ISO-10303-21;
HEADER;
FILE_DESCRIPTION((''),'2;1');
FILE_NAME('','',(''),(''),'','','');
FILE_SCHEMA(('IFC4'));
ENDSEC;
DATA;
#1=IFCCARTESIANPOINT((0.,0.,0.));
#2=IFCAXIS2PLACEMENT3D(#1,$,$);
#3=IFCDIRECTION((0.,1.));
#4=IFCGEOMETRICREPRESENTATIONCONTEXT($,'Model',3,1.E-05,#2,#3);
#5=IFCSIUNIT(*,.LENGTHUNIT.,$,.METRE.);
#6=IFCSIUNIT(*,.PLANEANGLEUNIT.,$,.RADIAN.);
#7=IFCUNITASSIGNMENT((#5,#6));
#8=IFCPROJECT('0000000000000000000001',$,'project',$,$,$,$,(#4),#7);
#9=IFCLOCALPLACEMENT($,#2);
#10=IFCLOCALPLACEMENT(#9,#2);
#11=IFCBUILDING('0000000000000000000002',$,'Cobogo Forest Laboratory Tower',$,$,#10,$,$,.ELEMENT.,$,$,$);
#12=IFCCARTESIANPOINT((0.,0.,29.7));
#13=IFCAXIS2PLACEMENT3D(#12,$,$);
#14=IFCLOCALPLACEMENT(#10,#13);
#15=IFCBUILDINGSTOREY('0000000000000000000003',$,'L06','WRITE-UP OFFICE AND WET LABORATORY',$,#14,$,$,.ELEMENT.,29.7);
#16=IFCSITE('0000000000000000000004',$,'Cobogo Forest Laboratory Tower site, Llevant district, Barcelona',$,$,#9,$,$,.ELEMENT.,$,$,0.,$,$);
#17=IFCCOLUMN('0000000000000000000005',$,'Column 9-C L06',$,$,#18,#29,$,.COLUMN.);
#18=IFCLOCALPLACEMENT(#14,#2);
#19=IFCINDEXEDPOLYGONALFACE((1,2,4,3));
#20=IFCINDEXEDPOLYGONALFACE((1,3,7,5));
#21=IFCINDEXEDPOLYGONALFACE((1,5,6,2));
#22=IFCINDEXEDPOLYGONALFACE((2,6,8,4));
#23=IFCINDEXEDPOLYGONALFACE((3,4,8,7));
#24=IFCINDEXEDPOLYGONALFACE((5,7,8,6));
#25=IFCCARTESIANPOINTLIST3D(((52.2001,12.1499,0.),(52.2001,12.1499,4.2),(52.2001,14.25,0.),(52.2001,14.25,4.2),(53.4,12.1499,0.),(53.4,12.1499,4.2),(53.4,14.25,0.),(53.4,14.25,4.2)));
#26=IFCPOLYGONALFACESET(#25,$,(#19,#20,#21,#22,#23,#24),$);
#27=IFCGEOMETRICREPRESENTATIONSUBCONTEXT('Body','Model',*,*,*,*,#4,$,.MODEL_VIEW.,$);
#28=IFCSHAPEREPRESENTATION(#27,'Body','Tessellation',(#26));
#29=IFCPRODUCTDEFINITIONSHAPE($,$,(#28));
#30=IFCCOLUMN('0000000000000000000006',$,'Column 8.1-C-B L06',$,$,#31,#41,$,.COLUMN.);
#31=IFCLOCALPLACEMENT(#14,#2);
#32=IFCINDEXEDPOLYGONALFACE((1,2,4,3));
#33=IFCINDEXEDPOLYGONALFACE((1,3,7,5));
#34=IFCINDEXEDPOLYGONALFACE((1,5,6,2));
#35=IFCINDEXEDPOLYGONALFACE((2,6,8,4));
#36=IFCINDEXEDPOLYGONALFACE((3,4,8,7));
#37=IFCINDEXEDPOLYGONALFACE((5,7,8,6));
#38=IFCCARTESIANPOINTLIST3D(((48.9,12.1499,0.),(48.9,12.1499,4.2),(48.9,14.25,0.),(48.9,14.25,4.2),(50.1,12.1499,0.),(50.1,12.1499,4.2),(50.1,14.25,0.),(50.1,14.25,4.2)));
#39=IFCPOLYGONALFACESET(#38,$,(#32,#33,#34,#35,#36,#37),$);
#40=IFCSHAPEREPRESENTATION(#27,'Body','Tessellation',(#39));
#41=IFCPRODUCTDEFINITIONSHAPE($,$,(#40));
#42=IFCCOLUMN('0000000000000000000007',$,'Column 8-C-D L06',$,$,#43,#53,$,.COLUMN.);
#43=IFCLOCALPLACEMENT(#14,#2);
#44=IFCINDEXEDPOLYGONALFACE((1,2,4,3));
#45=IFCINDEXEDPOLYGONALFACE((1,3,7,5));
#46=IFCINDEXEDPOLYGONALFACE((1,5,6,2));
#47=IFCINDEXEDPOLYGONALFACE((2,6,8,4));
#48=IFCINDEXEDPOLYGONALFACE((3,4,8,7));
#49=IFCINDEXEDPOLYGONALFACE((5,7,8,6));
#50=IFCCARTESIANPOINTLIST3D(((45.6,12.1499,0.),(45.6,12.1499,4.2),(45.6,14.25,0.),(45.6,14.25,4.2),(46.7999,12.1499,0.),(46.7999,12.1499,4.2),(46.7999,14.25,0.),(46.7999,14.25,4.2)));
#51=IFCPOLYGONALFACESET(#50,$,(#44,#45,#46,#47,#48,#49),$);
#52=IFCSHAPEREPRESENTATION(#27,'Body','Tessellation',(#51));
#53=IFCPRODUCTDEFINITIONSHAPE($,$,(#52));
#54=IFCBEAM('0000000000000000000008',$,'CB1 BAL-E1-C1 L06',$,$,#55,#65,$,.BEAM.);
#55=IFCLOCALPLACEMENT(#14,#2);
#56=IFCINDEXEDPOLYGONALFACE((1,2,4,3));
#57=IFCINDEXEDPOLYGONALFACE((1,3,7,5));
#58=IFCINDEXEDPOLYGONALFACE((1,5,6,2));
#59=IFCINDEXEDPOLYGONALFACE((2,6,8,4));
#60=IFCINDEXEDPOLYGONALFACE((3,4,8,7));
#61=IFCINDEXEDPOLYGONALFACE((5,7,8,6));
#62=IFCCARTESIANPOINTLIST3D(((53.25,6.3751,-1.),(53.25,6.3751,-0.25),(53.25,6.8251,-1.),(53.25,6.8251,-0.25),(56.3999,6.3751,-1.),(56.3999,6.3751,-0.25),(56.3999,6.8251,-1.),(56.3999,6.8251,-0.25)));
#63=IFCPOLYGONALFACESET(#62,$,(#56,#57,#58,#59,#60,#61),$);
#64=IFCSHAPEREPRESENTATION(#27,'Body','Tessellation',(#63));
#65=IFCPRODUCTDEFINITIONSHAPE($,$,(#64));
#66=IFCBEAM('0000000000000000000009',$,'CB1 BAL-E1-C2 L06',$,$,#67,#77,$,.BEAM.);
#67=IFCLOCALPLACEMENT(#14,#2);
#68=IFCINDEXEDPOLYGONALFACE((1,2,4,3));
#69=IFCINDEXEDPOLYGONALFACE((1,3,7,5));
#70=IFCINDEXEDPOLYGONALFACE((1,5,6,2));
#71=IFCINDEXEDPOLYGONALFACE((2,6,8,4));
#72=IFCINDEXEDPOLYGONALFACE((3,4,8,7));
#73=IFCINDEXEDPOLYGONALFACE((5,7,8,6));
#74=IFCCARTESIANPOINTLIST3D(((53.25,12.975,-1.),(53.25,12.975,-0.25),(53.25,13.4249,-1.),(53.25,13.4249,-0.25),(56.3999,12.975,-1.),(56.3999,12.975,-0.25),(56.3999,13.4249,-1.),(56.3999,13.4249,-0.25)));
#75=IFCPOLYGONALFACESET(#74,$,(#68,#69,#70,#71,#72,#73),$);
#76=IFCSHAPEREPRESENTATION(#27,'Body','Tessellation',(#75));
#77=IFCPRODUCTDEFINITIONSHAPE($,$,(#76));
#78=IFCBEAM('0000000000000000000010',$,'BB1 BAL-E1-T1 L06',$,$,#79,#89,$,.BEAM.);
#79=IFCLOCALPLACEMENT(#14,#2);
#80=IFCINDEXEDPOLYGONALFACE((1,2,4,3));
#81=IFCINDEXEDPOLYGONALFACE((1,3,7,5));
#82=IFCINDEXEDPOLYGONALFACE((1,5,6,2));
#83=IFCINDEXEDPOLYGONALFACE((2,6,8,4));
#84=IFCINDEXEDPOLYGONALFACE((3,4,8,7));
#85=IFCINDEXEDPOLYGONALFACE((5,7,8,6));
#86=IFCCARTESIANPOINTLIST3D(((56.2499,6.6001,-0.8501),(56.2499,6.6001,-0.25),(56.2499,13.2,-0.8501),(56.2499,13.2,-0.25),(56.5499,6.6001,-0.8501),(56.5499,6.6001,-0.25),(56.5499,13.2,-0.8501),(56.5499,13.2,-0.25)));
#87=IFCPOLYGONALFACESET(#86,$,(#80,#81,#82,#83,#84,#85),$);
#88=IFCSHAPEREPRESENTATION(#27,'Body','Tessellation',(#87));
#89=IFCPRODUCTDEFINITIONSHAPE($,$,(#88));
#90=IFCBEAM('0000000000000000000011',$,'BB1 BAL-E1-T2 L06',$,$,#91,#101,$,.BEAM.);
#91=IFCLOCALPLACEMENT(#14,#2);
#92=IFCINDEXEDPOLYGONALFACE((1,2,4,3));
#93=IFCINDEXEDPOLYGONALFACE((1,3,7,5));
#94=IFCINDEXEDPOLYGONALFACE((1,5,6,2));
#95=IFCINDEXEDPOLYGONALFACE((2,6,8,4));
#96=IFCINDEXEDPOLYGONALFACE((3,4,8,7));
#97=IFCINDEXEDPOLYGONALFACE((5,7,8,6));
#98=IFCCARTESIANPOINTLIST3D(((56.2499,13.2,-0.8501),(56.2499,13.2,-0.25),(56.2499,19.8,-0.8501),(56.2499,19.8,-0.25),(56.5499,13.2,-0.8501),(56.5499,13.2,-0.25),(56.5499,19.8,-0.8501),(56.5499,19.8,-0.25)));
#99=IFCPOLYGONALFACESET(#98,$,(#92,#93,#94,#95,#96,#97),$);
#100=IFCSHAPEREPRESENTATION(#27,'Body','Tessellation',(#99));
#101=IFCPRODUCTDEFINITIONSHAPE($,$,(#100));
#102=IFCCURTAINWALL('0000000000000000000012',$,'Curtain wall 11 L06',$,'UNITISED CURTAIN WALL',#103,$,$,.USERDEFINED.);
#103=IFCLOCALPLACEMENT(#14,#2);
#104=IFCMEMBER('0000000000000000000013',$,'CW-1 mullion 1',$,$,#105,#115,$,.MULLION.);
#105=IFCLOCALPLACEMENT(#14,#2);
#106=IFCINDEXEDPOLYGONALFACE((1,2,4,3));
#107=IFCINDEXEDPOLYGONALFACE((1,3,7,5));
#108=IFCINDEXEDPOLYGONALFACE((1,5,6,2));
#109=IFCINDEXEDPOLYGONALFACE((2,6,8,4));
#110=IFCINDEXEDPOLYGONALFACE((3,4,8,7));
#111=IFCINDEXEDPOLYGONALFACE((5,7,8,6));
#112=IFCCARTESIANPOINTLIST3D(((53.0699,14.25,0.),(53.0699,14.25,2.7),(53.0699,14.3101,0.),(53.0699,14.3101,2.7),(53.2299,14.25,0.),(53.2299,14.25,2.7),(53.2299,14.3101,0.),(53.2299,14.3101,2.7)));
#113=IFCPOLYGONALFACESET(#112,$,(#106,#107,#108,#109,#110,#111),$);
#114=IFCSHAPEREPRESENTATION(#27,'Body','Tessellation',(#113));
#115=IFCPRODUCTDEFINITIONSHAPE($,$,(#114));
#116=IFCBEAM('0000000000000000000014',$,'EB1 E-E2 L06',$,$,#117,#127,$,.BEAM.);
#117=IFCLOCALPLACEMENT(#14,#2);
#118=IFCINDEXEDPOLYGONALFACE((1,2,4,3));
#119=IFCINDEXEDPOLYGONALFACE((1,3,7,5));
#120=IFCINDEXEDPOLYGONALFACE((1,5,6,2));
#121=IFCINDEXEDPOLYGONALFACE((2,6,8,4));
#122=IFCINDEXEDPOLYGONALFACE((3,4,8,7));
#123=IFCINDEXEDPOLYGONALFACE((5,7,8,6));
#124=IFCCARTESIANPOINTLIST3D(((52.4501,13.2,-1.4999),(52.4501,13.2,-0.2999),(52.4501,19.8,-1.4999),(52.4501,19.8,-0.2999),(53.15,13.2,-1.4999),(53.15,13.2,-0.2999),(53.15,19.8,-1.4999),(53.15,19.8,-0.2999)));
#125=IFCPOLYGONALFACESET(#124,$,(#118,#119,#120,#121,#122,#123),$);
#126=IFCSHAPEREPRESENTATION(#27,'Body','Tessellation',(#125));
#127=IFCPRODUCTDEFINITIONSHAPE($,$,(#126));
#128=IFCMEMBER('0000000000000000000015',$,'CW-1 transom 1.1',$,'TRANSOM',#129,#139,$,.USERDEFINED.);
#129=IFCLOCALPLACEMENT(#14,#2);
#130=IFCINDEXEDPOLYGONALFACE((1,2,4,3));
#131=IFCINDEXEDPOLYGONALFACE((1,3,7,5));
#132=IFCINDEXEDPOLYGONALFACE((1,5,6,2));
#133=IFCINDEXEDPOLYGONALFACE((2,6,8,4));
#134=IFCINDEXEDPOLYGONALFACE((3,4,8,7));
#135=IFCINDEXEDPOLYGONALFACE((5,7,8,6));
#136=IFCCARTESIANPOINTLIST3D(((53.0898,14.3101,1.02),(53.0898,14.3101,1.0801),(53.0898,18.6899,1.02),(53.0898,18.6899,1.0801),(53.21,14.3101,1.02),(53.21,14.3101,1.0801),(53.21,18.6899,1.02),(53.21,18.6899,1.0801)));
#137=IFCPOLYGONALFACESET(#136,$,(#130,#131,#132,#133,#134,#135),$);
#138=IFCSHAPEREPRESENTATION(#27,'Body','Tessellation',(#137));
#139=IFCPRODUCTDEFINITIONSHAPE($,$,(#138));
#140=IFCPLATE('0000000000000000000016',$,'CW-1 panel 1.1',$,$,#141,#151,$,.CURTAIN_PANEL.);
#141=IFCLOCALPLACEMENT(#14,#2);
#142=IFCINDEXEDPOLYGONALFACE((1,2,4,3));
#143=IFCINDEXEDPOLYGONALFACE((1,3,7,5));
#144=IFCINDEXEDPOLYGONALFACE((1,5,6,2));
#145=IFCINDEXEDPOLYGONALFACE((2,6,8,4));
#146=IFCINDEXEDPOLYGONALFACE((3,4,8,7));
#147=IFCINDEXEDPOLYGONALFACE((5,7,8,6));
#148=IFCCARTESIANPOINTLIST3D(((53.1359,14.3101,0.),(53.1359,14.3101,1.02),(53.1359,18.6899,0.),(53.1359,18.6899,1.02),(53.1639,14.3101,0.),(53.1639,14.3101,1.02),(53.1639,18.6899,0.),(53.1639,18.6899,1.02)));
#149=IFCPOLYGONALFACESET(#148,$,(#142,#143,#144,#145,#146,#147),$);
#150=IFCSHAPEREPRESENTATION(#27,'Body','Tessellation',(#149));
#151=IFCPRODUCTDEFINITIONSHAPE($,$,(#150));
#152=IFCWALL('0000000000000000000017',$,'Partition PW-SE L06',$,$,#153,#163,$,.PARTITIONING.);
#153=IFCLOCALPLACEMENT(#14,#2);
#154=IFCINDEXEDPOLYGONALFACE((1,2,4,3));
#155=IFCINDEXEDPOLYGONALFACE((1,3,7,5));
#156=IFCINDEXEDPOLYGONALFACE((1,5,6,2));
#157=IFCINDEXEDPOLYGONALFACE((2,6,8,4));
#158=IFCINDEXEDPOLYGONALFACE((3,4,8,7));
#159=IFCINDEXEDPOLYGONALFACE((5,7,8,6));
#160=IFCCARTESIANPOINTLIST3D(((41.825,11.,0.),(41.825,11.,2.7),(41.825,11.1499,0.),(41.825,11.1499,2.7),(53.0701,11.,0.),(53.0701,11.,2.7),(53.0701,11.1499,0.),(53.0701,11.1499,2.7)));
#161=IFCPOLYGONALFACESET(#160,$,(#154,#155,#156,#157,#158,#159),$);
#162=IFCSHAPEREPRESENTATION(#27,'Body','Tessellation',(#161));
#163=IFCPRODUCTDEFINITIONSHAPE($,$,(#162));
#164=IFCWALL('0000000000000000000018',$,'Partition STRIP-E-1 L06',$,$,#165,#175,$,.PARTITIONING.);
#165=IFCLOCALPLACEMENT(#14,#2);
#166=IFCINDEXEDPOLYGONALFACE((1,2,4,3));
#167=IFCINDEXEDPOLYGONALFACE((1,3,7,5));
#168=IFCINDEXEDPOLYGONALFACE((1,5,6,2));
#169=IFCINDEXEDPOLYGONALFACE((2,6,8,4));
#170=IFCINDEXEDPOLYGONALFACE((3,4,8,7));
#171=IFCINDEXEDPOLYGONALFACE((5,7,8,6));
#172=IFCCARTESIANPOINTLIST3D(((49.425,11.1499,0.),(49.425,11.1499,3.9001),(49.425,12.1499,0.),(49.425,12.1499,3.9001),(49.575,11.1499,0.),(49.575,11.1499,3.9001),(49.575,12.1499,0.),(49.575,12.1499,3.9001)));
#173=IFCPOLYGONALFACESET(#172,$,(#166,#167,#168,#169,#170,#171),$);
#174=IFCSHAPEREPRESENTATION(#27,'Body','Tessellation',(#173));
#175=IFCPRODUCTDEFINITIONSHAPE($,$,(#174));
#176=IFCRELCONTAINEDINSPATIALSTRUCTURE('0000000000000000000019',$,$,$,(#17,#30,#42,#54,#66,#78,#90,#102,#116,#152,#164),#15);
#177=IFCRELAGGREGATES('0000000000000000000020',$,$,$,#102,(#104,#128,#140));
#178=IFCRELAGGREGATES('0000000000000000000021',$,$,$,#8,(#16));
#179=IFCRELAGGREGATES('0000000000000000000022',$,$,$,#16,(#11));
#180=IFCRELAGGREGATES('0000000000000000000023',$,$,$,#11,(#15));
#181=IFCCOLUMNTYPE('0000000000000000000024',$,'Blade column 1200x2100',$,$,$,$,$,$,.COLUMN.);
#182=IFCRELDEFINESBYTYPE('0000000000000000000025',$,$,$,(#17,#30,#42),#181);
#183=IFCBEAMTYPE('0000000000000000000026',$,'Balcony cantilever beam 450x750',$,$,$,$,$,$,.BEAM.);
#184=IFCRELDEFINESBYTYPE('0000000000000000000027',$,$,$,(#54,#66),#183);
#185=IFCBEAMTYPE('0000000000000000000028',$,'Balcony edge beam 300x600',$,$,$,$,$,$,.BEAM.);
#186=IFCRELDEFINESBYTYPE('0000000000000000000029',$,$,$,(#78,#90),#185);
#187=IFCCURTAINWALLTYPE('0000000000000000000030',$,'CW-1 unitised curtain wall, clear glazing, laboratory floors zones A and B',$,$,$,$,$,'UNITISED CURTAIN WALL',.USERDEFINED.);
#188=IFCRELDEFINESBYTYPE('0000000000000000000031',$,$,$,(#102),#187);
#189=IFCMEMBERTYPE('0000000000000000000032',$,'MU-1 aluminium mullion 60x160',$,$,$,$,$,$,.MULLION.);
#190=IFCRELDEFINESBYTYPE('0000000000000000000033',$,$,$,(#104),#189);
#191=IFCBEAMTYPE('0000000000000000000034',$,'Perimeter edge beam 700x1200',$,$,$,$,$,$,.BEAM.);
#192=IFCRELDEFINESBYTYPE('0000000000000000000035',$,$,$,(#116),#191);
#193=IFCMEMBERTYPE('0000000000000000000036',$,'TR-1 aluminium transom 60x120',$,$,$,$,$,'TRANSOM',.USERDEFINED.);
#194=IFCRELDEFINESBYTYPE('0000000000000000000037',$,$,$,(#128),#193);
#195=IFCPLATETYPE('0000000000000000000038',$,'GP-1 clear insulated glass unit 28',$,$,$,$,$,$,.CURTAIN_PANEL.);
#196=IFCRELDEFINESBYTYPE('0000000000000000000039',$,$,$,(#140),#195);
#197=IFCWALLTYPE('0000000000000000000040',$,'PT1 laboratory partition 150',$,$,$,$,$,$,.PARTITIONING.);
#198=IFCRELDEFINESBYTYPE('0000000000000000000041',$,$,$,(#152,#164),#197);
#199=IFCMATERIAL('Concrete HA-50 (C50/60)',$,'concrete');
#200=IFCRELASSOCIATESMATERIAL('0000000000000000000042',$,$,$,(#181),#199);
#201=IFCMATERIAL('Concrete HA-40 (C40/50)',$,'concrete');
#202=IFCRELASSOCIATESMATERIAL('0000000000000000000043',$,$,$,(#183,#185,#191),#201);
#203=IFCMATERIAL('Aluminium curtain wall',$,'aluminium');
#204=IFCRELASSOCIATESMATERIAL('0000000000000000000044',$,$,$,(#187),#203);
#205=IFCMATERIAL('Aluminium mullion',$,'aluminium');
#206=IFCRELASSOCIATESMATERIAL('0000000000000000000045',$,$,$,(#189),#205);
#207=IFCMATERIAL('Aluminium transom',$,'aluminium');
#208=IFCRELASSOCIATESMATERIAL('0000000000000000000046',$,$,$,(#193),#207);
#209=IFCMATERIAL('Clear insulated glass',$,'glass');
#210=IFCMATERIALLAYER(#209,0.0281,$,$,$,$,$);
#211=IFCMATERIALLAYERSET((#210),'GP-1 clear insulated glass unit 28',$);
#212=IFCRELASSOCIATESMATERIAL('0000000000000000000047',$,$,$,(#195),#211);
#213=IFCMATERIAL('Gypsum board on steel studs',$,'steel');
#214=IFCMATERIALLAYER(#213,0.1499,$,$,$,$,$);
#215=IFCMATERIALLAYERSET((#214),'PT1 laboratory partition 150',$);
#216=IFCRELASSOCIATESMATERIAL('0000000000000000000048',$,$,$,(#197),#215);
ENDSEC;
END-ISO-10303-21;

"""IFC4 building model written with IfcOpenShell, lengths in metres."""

from ifc_helpers import new_model, si_unit, direction, frame, frame_2d, origin, origin_2d, place, context, subcontext, project, spatial, rectangle, extrude, material, layer, layer_set, material_profile, profile_set, type_object, element, aggregate, save


model = new_model("IFC4")

# Units and contexts
model_context = context("Model", 3, precision=1e-05, world=origin(), true_north=direction((0.0, 1.0)))
body_context = subcontext(model_context, "Body", "Model", "MODEL_VIEW")
ifc_project = project(units=[si_unit("LENGTHUNIT", "METRE"), si_unit("PLANEANGLEUNIT", "RADIAN")], contexts=[model_context])

# Site, building, storey
site_placement = place(None, origin())
site = spatial("IfcSite", under=ifc_project, at=site_placement, Name="Cobogo Forest Laboratory Tower site, Llevant district, Barcelona", CompositionType="ELEMENT", RefElevation=0.0)
building_placement = place(site_placement, origin())
building = spatial("IfcBuilding", under=site, at=building_placement, Name="Cobogo Forest Laboratory Tower", CompositionType="ELEMENT")
storey_placement = place(building_placement, frame((0.0, 0.0, 29.7)))
storey = spatial("IfcBuildingStorey", under=building, at=storey_placement, Name="L06", Description="WRITE-UP OFFICE AND WET LABORATORY", CompositionType="ELEMENT", Elevation=29.7)

# Columns
ifc_material_1 = material(Name="Concrete HA-50 (C50/60)", Category="concrete")
ifc_material_profile_1 = material_profile(ifc_material_1, rectangle(XDim=2.1001, YDim=1.2, at=origin_2d()), Name="RC 1200x2100")
ifc_profile_set_1 = profile_set([ifc_material_profile_1], Name="Concrete HA-50 (C50/60)")
column_type = type_object("IfcColumnType", Name="Blade column 1200x2100", PredefinedType="COLUMN", material=ifc_profile_set_1)
for number, where, z_axis, x_axis, name in (
    (1, (52.8, 13.2, 0.0), (0.0, 0.0, 1.0), (0.0, 1.0, 0.0), "Column 9-C L06"),
    (2, (49.5, 13.2, 0.0), (0.0, 0.0, 1.0), (0.0, 1.0, 0.0), "Column 8.1-C-B L06"),
    (3, (46.2, 13.2, 0.0), (0.0, 0.0, 1.0), (0.0, 1.0, 0.0), "Column 8-C-D L06"),
):
    element("IfcColumn", number, at=place(storey_placement, frame(where, z_axis=z_axis, x_axis=x_axis)), inside=storey, type_object=column_type, Name=name, PredefinedType="COLUMN", context=body_context, shape_type="SweptSolid", body=[
        extrude(rectangle(XDim=2.1001, YDim=1.2, at=origin_2d()), origin(), (0.0, 0.0, 1.0), 4.2),
    ])

# Beams
ifc_material_2 = material(Name="Concrete HA-40 (C40/50)", Category="concrete")
ifc_material_profile_2 = material_profile(ifc_material_2, rectangle(XDim=0.45, YDim=0.75, at=origin_2d()), Name="RC 450x750")
ifc_profile_set_2 = profile_set([ifc_material_profile_2], Name="Concrete HA-40 (C40/50)")
beam_type_1 = type_object("IfcBeamType", Name="Balcony cantilever beam 450x750", PredefinedType="BEAM", material=ifc_profile_set_2)
for number, where, z_axis, x_axis, name in (
    (4, (53.25, 6.6001, -0.625), (1.0, 0.0, 0.0), (0.0, 1.0, 0.0), "CB1 BAL-E1-C1 L06"),
    (5, (53.25, 13.2, -0.625), (1.0, 0.0, 0.0), (0.0, 1.0, 0.0), "CB1 BAL-E1-C2 L06"),
):
    element("IfcBeam", number, at=place(storey_placement, frame(where, z_axis=z_axis, x_axis=x_axis)), inside=storey, type_object=beam_type_1, Name=name, PredefinedType="BEAM", context=body_context, shape_type="SweptSolid", body=[
        extrude(rectangle(XDim=0.45, YDim=0.75, at=origin_2d()), origin(), (0.0, 0.0, 1.0), 3.1499),
    ])
ifc_material_profile_3 = material_profile(ifc_material_2, rectangle(XDim=0.3, YDim=0.6001, at=origin_2d()), Name="RC 300x600")
ifc_profile_set_3 = profile_set([ifc_material_profile_3], Name="Concrete HA-40 (C40/50)")
beam_type_2 = type_object("IfcBeamType", Name="Balcony edge beam 300x600", PredefinedType="BEAM", material=ifc_profile_set_3)
beam_1_placement = place(storey_placement, frame((56.3999, 6.6001, -0.55), z_axis=(0.0, 1.0, 0.0), x_axis=(-1.0, 0.0, 0.0)))
element("IfcBeam", 6, at=beam_1_placement, inside=storey, type_object=beam_type_2, Name="BB1 BAL-E1-T1 L06", PredefinedType="BEAM", context=body_context, shape_type="SweptSolid", body=[
    extrude(rectangle(XDim=0.3, YDim=0.6001, at=origin_2d()), origin(), (0.0, 0.0, 1.0), 6.5999),
])
beam_2_placement = place(storey_placement, frame((56.3999, 13.2, -0.55), z_axis=(0.0, 1.0, 0.0), x_axis=(-1.0, 0.0, 0.0)))
element("IfcBeam", 7, at=beam_2_placement, inside=storey, type_object=beam_type_2, Name="BB1 BAL-E1-T2 L06", PredefinedType="BEAM", context=body_context, shape_type="SweptSolid", body=[
    extrude(rectangle(XDim=0.3, YDim=0.6001, at=origin_2d()), origin(), (0.0, 0.0, 1.0), 6.6001),
])

# Curtain wall, member
ifc_material_3 = material(Name="Aluminium curtain wall", Category="aluminium")
curtain_wall_type = type_object("IfcCurtainWallType", Name="CW-1 unitised curtain wall, clear glazing, laboratory floors zones A and B", ElementType="UNITISED CURTAIN WALL", PredefinedType="USERDEFINED", material=ifc_material_3)
curtain_wall_placement = place(storey_placement, origin())
curtain_wall = element("IfcCurtainWall", 8, at=curtain_wall_placement, inside=storey, type_object=curtain_wall_type, Name="Curtain wall 11 L06", ObjectType="UNITISED CURTAIN WALL", PredefinedType="USERDEFINED")
ifc_material_4 = material(Name="Aluminium mullion", Category="aluminium")
ifc_material_profile_4 = material_profile(ifc_material_4, rectangle(XDim=0.0601, YDim=0.1599, at=origin_2d()), Name="AL 60x160")
ifc_profile_set_4 = profile_set([ifc_material_profile_4], Name="Aluminium mullion")
member_type_1 = type_object("IfcMemberType", Name="MU-1 aluminium mullion 60x160", PredefinedType="MULLION", material=ifc_profile_set_4)
member_1_placement = place(storey_placement, frame((53.1499, 14.28, 0.0), z_axis=(0.0, 0.0, 1.0), x_axis=(0.0, 1.0, 0.0)))
member_1 = element("IfcMember", 9, at=member_1_placement, type_object=member_type_1, Name="CW-1 mullion 1", PredefinedType="MULLION", context=body_context, shape_type="SweptSolid", body=[
    extrude(rectangle(XDim=0.0601, YDim=0.1599, at=origin_2d()), origin(), (0.0, 0.0, 1.0), 2.7),
])

# Beam
ifc_material_profile_5 = material_profile(ifc_material_2, rectangle(XDim=0.7, YDim=1.2, at=origin_2d()), Name="RC 700x1200")
ifc_profile_set_5 = profile_set([ifc_material_profile_5], Name="Concrete HA-40 (C40/50)")
beam_type_3 = type_object("IfcBeamType", Name="Perimeter edge beam 700x1200", PredefinedType="BEAM", material=ifc_profile_set_5)
beam_3_placement = place(storey_placement, frame((52.8, 13.2, -0.8999), z_axis=(0.0, 1.0, 0.0), x_axis=(-1.0, 0.0, 0.0)))
element("IfcBeam", 10, at=beam_3_placement, inside=storey, type_object=beam_type_3, Name="EB1 E-E2 L06", PredefinedType="BEAM", context=body_context, shape_type="SweptSolid", body=[
    extrude(rectangle(XDim=0.7, YDim=1.2, at=origin_2d()), origin(), (0.0, 0.0, 1.0), 6.6001),
])

# Member
ifc_material_5 = material(Name="Aluminium transom", Category="aluminium")
ifc_material_profile_6 = material_profile(ifc_material_5, rectangle(XDim=0.1201, YDim=0.0601, at=origin_2d()), Name="AL 60x120")
ifc_profile_set_6 = profile_set([ifc_material_profile_6], Name="Aluminium transom")
member_type_2 = type_object("IfcMemberType", Name="TR-1 aluminium transom 60x120", ElementType="TRANSOM", PredefinedType="USERDEFINED", material=ifc_profile_set_6)
member_2_placement = place(storey_placement, frame((53.1499, 14.3101, 1.05), z_axis=(0.0, 1.0, 0.0), x_axis=(-1.0, 0.0, 0.0)))
member_2 = element("IfcMember", 11, at=member_2_placement, type_object=member_type_2, Name="CW-1 transom 1.1", ObjectType="TRANSOM", PredefinedType="USERDEFINED", context=body_context, shape_type="SweptSolid", body=[
    extrude(rectangle(XDim=0.1201, YDim=0.0601, at=origin_2d()), origin(), (0.0, 0.0, 1.0), 4.3799),
])

# Plate
ifc_material_6 = material(Name="Clear insulated glass", Category="glass")
ifc_layer_1 = layer(ifc_material_6, 0.0281)
ifc_layer_set_1 = layer_set([ifc_layer_1], Name="GP-1 clear insulated glass unit 28")
plate_type = type_object("IfcPlateType", Name="GP-1 clear insulated glass unit 28", PredefinedType="CURTAIN_PANEL", material=ifc_layer_set_1)
plate_placement = place(storey_placement, frame((53.1499, 16.5, 0.0), z_axis=(0.0, 0.0, 1.0), x_axis=(0.0, 1.0, 0.0)))
plate = element("IfcPlate", 12, at=plate_placement, type_object=plate_type, Name="CW-1 panel 1.1", PredefinedType="CURTAIN_PANEL", context=body_context, shape_type="SweptSolid", body=[
    extrude(rectangle(XDim=4.3799, YDim=0.0281, at=origin_2d()), origin(), (0.0, 0.0, 1.0), 1.02),
])
aggregate(curtain_wall, [member_1, member_2, plate])

# Walls
ifc_material_7 = material(Name="Gypsum board on steel studs", Category="steel")
ifc_layer_2 = layer(ifc_material_7, 0.1499)
ifc_layer_set_2 = layer_set([ifc_layer_2], Name="PT1 laboratory partition 150")
wall_type_1 = type_object("IfcWallType", Name="PT1 laboratory partition 150", PredefinedType="PARTITIONING", material=ifc_layer_set_2)
wall_1_placement = place(storey_placement, frame((53.0701, 11.075, 0.0), z_axis=(0.0, 0.0, 1.0), x_axis=(-1.0, 0.0, 0.0)))
element("IfcWall", 13, at=wall_1_placement, inside=storey, type_object=wall_type_1, Name="Partition PW-SE L06", PredefinedType="PARTITIONING", context=body_context, shape_type="SweptSolid", body=[
    extrude(rectangle(XDim=11.2451, YDim=0.1499, at=frame_2d((5.6226, 0.0))), origin(), (0.0, 0.0, 1.0), 2.7),
])
wall_2_placement = place(storey_placement, frame((49.5, 11.1499, 0.0), z_axis=(0.0, 0.0, 1.0), x_axis=(0.0, 1.0, 0.0)))
element("IfcWall", 14, at=wall_2_placement, inside=storey, type_object=wall_type_1, Name="Partition STRIP-E-1 L06", PredefinedType="PARTITIONING", context=body_context, shape_type="SweptSolid", body=[
    extrude(rectangle(XDim=1.0, YDim=0.1499, at=frame_2d((0.5, 0.0))), origin(), (0.0, 0.0, 1.0), 3.9001),
])

save(model, "model.ifc")
